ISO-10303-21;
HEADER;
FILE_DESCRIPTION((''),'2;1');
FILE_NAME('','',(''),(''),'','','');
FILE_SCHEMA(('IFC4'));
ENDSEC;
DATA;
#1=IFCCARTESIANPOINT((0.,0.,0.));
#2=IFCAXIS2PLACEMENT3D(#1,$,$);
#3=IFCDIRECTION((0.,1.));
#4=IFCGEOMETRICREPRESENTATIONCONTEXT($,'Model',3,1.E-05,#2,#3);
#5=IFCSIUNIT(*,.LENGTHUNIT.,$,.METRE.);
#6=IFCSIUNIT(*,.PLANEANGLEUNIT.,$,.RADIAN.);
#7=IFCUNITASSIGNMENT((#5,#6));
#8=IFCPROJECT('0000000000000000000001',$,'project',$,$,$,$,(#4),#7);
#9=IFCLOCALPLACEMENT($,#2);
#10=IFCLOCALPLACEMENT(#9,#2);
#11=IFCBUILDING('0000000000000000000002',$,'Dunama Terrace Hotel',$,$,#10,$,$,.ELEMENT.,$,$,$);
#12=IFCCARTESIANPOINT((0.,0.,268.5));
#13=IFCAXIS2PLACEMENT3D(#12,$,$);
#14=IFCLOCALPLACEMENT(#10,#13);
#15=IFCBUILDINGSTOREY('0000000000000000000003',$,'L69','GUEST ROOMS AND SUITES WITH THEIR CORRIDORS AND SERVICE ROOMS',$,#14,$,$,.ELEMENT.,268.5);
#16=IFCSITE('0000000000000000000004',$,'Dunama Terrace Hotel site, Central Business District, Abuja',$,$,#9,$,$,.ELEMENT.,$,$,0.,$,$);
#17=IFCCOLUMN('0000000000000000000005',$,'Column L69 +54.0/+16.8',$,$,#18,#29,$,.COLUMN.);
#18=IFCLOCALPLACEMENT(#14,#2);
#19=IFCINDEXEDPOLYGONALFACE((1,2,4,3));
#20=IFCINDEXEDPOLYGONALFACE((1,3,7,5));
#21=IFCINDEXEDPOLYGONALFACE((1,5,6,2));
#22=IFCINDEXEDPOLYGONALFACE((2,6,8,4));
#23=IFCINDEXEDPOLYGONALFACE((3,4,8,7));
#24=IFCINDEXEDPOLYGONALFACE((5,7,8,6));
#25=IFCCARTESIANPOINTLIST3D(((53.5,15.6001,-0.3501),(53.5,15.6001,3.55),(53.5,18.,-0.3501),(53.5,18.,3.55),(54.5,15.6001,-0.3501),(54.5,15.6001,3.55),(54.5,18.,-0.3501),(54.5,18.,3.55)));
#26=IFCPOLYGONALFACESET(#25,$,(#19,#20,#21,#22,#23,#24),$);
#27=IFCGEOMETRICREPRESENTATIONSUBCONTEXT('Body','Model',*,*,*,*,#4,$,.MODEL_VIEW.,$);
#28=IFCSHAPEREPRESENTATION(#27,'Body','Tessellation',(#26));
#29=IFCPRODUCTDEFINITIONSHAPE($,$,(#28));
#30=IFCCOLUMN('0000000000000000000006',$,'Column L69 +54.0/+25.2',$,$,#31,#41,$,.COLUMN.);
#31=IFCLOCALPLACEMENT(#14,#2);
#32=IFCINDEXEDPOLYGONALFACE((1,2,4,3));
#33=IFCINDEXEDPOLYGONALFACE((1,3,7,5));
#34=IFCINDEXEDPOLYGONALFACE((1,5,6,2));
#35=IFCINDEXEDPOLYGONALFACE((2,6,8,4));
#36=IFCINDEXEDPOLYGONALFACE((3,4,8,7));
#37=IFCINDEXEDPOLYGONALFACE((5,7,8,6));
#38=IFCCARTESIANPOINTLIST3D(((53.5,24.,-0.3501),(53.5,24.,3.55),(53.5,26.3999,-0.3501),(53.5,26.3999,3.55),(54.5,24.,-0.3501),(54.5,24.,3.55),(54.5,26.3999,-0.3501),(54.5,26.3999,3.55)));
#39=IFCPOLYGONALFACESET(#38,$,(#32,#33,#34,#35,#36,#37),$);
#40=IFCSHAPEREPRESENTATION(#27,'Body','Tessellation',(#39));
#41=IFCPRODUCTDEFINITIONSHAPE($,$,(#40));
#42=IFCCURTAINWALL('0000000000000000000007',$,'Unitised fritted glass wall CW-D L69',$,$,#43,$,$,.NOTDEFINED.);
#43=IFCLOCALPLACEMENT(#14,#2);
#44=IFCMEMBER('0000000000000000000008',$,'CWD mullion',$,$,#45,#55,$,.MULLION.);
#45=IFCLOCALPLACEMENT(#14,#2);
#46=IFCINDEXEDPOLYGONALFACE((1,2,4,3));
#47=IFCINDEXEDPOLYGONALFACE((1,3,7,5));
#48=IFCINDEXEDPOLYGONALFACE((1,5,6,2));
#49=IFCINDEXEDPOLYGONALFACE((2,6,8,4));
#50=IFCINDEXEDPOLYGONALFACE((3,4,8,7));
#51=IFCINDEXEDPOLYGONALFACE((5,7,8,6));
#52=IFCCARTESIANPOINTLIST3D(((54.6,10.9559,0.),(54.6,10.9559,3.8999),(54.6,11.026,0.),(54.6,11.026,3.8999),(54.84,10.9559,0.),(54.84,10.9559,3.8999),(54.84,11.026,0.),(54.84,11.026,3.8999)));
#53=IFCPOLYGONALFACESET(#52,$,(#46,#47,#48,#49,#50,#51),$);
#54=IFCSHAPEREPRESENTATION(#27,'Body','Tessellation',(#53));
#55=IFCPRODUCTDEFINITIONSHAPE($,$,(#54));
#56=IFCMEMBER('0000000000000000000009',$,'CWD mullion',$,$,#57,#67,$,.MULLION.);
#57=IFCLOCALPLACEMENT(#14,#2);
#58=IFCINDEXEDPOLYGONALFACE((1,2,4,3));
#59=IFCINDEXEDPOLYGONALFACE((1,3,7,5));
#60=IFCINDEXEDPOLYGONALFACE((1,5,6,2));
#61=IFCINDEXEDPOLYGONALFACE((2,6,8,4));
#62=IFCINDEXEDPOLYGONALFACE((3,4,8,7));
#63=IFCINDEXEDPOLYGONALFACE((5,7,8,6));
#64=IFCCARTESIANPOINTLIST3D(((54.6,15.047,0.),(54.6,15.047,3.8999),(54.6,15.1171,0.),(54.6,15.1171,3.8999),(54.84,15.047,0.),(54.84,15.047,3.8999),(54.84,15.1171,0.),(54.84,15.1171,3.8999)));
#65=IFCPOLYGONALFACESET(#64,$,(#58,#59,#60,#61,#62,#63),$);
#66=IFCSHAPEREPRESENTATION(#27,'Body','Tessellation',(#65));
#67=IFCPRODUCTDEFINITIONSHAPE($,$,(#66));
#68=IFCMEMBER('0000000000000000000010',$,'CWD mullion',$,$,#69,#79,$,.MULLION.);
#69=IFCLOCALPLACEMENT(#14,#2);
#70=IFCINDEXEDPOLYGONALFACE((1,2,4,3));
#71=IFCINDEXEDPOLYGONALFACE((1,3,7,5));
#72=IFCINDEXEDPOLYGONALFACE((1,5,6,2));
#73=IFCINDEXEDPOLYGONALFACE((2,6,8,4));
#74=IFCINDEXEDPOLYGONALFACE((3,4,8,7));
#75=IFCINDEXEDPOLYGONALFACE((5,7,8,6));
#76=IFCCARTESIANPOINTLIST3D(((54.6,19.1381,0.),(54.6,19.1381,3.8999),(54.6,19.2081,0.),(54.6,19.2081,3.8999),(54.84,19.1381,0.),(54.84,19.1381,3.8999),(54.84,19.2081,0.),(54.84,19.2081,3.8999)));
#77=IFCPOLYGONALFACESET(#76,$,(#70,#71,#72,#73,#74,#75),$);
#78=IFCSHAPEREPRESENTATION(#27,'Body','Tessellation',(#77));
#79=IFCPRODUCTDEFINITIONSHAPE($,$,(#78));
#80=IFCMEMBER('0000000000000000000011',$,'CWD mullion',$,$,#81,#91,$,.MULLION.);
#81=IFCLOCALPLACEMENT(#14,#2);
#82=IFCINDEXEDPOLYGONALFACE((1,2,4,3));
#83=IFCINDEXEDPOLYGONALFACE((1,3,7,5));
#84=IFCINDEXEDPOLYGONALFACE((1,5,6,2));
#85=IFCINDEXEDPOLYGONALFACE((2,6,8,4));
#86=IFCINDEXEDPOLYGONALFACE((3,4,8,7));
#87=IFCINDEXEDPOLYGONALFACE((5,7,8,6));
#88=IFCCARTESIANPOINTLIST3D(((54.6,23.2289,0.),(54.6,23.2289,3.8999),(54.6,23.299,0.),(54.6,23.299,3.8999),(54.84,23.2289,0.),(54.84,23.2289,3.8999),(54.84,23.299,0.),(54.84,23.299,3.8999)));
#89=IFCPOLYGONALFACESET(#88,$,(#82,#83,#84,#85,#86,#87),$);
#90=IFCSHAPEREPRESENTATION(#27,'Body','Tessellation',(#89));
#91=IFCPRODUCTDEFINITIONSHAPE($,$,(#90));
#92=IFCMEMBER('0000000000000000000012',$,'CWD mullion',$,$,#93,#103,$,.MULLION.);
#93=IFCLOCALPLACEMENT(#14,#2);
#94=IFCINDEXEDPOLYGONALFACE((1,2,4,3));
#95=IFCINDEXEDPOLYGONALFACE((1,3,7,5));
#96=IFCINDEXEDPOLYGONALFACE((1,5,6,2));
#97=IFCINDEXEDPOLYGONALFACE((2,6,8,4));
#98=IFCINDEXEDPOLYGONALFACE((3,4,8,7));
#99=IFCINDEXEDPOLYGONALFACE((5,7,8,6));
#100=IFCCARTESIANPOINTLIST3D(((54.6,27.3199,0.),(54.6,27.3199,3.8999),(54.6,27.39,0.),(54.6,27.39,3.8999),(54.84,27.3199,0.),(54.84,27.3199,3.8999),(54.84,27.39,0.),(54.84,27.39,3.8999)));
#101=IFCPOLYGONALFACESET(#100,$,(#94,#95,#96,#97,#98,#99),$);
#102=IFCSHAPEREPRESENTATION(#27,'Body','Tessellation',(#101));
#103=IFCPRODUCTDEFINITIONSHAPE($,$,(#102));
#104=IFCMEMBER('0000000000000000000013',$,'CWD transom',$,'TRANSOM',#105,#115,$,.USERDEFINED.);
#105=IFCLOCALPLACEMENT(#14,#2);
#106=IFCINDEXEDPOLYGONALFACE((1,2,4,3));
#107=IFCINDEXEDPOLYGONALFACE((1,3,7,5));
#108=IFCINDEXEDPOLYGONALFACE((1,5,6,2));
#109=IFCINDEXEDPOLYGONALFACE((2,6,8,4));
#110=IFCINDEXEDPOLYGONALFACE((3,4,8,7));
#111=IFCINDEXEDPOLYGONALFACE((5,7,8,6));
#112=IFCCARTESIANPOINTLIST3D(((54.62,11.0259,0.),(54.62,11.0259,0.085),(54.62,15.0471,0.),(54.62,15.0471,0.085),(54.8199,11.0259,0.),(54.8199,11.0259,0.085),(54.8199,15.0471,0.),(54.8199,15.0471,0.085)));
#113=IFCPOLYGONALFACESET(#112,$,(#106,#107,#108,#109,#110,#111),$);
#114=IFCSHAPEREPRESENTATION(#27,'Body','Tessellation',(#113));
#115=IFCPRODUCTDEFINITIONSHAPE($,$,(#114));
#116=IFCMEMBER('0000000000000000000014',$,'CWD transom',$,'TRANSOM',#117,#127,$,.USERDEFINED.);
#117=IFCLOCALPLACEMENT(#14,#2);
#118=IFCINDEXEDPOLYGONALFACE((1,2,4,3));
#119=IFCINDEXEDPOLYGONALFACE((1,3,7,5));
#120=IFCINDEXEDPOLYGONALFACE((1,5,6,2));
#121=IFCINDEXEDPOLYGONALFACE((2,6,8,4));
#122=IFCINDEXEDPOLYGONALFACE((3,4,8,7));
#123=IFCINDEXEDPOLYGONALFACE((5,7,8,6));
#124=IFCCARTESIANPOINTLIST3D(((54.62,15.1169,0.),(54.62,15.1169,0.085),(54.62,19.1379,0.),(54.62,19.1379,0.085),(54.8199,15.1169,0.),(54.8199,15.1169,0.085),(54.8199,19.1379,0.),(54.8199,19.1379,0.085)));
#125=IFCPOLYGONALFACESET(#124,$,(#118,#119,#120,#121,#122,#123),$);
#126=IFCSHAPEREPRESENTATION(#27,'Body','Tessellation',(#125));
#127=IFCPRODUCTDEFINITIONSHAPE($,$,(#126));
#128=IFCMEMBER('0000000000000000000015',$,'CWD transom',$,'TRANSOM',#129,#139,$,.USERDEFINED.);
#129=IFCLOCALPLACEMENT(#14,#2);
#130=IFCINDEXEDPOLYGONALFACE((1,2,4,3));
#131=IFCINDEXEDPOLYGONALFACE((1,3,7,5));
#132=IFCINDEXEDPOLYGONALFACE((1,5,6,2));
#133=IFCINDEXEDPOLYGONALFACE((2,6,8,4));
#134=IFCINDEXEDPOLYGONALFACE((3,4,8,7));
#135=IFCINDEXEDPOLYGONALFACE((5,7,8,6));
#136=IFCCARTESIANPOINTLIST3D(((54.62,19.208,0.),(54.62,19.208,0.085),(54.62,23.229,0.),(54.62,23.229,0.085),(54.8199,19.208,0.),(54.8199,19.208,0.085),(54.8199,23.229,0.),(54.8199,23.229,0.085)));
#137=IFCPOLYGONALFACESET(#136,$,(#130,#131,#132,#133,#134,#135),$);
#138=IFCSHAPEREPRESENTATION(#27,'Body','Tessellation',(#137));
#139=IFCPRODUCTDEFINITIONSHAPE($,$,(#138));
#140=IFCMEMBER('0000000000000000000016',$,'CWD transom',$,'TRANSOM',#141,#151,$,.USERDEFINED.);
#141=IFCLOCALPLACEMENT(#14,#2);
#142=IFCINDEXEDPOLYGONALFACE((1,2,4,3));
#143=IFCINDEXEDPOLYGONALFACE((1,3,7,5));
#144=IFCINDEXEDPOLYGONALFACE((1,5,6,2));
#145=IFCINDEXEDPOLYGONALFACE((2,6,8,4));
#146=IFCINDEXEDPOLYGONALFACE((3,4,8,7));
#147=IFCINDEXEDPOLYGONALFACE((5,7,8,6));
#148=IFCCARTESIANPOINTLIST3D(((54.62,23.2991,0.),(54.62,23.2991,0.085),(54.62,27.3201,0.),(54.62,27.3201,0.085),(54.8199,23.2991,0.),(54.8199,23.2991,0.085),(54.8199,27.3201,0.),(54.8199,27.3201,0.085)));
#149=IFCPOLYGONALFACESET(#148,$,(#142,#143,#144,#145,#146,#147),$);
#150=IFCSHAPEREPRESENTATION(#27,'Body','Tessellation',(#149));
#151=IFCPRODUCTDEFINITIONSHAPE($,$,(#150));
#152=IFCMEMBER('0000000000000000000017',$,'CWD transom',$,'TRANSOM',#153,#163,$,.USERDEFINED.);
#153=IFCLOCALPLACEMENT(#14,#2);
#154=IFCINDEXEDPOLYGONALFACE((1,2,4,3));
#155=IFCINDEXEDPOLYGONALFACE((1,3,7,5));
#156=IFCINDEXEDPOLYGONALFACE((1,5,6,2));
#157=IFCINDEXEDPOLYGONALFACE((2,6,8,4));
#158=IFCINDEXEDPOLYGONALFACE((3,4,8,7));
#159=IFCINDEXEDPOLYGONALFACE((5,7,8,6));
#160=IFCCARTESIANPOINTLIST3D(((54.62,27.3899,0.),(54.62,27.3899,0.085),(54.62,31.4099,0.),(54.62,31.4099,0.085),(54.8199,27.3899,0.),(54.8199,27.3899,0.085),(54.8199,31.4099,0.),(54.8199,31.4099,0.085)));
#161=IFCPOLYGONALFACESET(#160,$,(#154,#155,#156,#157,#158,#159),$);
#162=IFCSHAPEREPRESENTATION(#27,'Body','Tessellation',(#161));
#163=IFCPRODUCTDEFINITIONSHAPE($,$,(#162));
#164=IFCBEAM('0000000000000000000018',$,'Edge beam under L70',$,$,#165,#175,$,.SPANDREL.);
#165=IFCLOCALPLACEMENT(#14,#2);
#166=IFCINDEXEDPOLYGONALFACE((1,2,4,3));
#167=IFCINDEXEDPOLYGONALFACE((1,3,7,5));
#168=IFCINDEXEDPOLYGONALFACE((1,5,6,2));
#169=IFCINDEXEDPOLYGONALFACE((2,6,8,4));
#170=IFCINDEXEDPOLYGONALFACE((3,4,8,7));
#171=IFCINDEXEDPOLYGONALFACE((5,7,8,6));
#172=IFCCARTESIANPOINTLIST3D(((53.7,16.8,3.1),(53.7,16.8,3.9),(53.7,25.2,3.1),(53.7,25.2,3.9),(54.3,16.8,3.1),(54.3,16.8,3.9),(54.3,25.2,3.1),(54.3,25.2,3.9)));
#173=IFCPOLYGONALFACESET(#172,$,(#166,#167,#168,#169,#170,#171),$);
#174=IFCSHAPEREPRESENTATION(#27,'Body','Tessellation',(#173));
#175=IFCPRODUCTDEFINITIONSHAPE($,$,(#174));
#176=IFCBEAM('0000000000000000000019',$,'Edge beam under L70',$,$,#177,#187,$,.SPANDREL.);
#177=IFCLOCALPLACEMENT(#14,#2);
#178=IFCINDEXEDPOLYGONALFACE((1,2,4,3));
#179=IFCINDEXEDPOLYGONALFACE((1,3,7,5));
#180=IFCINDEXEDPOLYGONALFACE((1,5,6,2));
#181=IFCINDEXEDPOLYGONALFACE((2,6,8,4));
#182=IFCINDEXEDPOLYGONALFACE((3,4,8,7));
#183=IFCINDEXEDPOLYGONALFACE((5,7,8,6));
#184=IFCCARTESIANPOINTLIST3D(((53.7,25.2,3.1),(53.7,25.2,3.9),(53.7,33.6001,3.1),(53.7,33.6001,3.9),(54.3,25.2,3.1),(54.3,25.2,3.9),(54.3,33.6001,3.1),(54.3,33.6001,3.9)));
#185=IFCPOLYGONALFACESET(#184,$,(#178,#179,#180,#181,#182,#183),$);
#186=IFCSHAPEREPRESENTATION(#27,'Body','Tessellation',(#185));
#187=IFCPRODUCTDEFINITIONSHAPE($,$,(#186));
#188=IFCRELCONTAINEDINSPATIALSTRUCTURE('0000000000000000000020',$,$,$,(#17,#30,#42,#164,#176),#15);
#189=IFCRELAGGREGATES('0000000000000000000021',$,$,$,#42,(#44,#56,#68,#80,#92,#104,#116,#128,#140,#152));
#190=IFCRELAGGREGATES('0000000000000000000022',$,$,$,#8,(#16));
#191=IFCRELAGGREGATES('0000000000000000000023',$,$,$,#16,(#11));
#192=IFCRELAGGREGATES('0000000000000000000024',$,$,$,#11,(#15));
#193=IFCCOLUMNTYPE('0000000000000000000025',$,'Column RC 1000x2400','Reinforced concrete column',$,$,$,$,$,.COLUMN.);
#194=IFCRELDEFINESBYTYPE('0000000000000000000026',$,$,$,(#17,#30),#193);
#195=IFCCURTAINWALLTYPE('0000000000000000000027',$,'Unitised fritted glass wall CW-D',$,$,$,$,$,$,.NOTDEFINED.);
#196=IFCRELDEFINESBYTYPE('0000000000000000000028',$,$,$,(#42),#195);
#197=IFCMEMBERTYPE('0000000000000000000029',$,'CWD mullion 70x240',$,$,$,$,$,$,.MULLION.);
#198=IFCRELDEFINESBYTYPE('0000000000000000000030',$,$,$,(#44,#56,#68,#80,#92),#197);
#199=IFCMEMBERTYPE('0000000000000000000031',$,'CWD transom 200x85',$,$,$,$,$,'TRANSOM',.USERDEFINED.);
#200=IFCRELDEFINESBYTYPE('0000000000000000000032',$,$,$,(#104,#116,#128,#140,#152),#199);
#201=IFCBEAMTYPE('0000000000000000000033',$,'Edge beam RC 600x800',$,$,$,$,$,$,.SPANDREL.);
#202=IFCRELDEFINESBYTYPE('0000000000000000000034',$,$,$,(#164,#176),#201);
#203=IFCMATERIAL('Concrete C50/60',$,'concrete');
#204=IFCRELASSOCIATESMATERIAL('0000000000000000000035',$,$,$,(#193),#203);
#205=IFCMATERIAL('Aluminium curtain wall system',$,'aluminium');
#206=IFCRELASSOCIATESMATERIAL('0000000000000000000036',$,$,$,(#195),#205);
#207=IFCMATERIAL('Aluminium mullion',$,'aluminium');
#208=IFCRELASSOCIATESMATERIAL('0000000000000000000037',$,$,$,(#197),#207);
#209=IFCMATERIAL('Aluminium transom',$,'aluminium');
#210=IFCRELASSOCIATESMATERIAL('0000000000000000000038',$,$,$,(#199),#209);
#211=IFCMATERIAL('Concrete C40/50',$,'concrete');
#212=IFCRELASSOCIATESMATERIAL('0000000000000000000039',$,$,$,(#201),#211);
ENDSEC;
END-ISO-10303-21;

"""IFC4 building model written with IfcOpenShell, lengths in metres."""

from ifc_helpers import new_model, si_unit, direction, frame, origin, origin_2d, place, context, subcontext, project, spatial, rectangle, extrude, material, material_profile, profile_set, type_object, element, aggregate, save


model = new_model("IFC4")

# Units and contexts
model_context = context("Model", 3, precision=1e-05, world=origin(), true_north=direction((0.0, 1.0)))
body_context = subcontext(model_context, "Body", "Model", "MODEL_VIEW")
ifc_project = project(units=[si_unit("LENGTHUNIT", "METRE"), si_unit("PLANEANGLEUNIT", "RADIAN")], contexts=[model_context])

# Site, building, storey
site_placement = place(None, origin())
site = spatial("IfcSite", under=ifc_project, at=site_placement, Name="Dunama Terrace Hotel site, Central Business District, Abuja", CompositionType="ELEMENT", RefElevation=0.0)
building_placement = place(site_placement, origin())
building = spatial("IfcBuilding", under=site, at=building_placement, Name="Dunama Terrace Hotel", CompositionType="ELEMENT")
storey_placement = place(building_placement, frame((0.0, 0.0, 268.5)))
storey = spatial("IfcBuildingStorey", under=building, at=storey_placement, Name="L69", Description="GUEST ROOMS AND SUITES WITH THEIR CORRIDORS AND SERVICE ROOMS", CompositionType="ELEMENT", Elevation=268.5)

# Columns
ifc_material_1 = material(Name="Concrete C50/60", Category="concrete")
ifc_material_profile_1 = material_profile(ifc_material_1, rectangle(XDim=1.0, YDim=2.3999, at=origin_2d()), Name="RC 1000x2400")
ifc_profile_set_1 = profile_set([ifc_material_profile_1], Name="Concrete C50/60")
column_type = type_object("IfcColumnType", Name="Column RC 1000x2400", Description="Reinforced concrete column", PredefinedType="COLUMN", material=ifc_profile_set_1)
for number, where, z_axis, x_axis, name in (
    (1, (54.0, 16.8, -0.3501), (0.0, 0.0, 1.0), (1.0, 0.0, 0.0), "Column L69 +54.0/+16.8"),
    (2, (54.0, 25.2, -0.3501), (0.0, 0.0, 1.0), (1.0, 0.0, 0.0), "Column L69 +54.0/+25.2"),
):
    element("IfcColumn", number, at=place(storey_placement, frame(where, z_axis=z_axis, x_axis=x_axis)), inside=storey, type_object=column_type, Name=name, PredefinedType="COLUMN", context=body_context, shape_type="SweptSolid", body=[
        extrude(rectangle(XDim=1.0, YDim=2.3999, at=origin_2d()), origin(), (0.0, 0.0, 1.0), 3.9001),
    ])

# Curtain wall, members
ifc_material_2 = material(Name="Aluminium curtain wall system", Category="aluminium")
curtain_wall_type = type_object("IfcCurtainWallType", Name="Unitised fritted glass wall CW-D", PredefinedType="NOTDEFINED", material=ifc_material_2)
curtain_wall_placement = place(storey_placement, origin())
curtain_wall = element("IfcCurtainWall", 3, at=curtain_wall_placement, inside=storey, type_object=curtain_wall_type, Name="Unitised fritted glass wall CW-D L69", PredefinedType="NOTDEFINED")
ifc_material_3 = material(Name="Aluminium mullion", Category="aluminium")
ifc_material_profile_2 = material_profile(ifc_material_3, rectangle(XDim=0.0701, YDim=0.24, at=origin_2d()), Name="CWD MULLION 70X240")
ifc_profile_set_2 = profile_set([ifc_material_profile_2], Name="Aluminium mullion")
member_type_1 = type_object("IfcMemberType", Name="CWD mullion 70x240", PredefinedType="MULLION", material=ifc_profile_set_2)
member_1_placement = place(storey_placement, frame((54.72, 10.991, 0.0), z_axis=(0.0, 0.0, 1.0), x_axis=(0.0, 1.0, 0.0)))
member_1 = element("IfcMember", 4, at=member_1_placement, type_object=member_type_1, Name="CWD mullion", PredefinedType="MULLION", context=body_context, shape_type="SweptSolid", body=[
    extrude(rectangle(XDim=0.0701, YDim=0.24, at=origin_2d()), origin(), (0.0, 0.0, 1.0), 3.8999),
])
member_2_placement = place(storey_placement, frame((54.72, 15.082, 0.0), z_axis=(0.0, 0.0, 1.0), x_axis=(0.0, 1.0, 0.0)))
member_2 = element("IfcMember", 5, at=member_2_placement, type_object=member_type_1, Name="CWD mullion", PredefinedType="MULLION", context=body_context, shape_type="SweptSolid", body=[
    extrude(rectangle(XDim=0.0701, YDim=0.24, at=origin_2d()), origin(), (0.0, 0.0, 1.0), 3.8999),
])
member_3_placement = place(storey_placement, frame((54.72, 19.1731, 0.0), z_axis=(0.0, 0.0, 1.0), x_axis=(0.0, 1.0, 0.0)))
member_3 = element("IfcMember", 6, at=member_3_placement, type_object=member_type_1, Name="CWD mullion", PredefinedType="MULLION", context=body_context, shape_type="SweptSolid", body=[
    extrude(rectangle(XDim=0.0701, YDim=0.24, at=origin_2d()), origin(), (0.0, 0.0, 1.0), 3.8999),
])
member_4_placement = place(storey_placement, frame((54.72, 23.2639, 0.0), z_axis=(0.0, 0.0, 1.0), x_axis=(0.0, 1.0, 0.0)))
member_4 = element("IfcMember", 7, at=member_4_placement, type_object=member_type_1, Name="CWD mullion", PredefinedType="MULLION", context=body_context, shape_type="SweptSolid", body=[
    extrude(rectangle(XDim=0.0701, YDim=0.24, at=origin_2d()), origin(), (0.0, 0.0, 1.0), 3.8999),
])
member_5_placement = place(storey_placement, frame((54.72, 27.355, 0.0), z_axis=(0.0, 0.0, 1.0), x_axis=(0.0, 1.0, 0.0)))
member_5 = element("IfcMember", 8, at=member_5_placement, type_object=member_type_1, Name="CWD mullion", PredefinedType="MULLION", context=body_context, shape_type="SweptSolid", body=[
    extrude(rectangle(XDim=0.0701, YDim=0.24, at=origin_2d()), origin(), (0.0, 0.0, 1.0), 3.8999),
])
ifc_material_4 = material(Name="Aluminium transom", Category="aluminium")
ifc_material_profile_3 = material_profile(ifc_material_4, rectangle(XDim=0.2, YDim=0.085, at=origin_2d()), Name="CWD TRANSOM 200X85")
ifc_profile_set_3 = profile_set([ifc_material_profile_3], Name="Aluminium transom")
member_type_2 = type_object("IfcMemberType", Name="CWD transom 200x85", ElementType="TRANSOM", PredefinedType="USERDEFINED", material=ifc_profile_set_3)
member_6_placement = place(storey_placement, frame((54.72, 11.0259, 0.0425), z_axis=(0.0, 1.0, 0.0), x_axis=(-1.0, 0.0, 0.0)))
member_6 = element("IfcMember", 9, at=member_6_placement, type_object=member_type_2, Name="CWD transom", ObjectType="TRANSOM", PredefinedType="USERDEFINED", context=body_context, shape_type="SweptSolid", body=[
    extrude(rectangle(XDim=0.2, YDim=0.085, at=origin_2d()), origin(), (0.0, 0.0, 1.0), 4.0212),
])
member_7_placement = place(storey_placement, frame((54.72, 15.1169, 0.0425), z_axis=(0.0, 1.0, 0.0), x_axis=(-1.0, 0.0, 0.0)))
member_7 = element("IfcMember", 10, at=member_7_placement, type_object=member_type_2, Name="CWD transom", ObjectType="TRANSOM", PredefinedType="USERDEFINED", context=body_context, shape_type="SweptSolid", body=[
    extrude(rectangle(XDim=0.2, YDim=0.085, at=origin_2d()), origin(), (0.0, 0.0, 1.0), 4.021),
])
member_8_placement = place(storey_placement, frame((54.72, 19.208, 0.0425), z_axis=(0.0, 1.0, 0.0), x_axis=(-1.0, 0.0, 0.0)))
member_8 = element("IfcMember", 11, at=member_8_placement, type_object=member_type_2, Name="CWD transom", ObjectType="TRANSOM", PredefinedType="USERDEFINED", context=body_context, shape_type="SweptSolid", body=[
    extrude(rectangle(XDim=0.2, YDim=0.085, at=origin_2d()), origin(), (0.0, 0.0, 1.0), 4.021),
])
member_9_placement = place(storey_placement, frame((54.72, 23.2991, 0.0425), z_axis=(0.0, 1.0, 0.0), x_axis=(-1.0, 0.0, 0.0)))
member_9 = element("IfcMember", 12, at=member_9_placement, type_object=member_type_2, Name="CWD transom", ObjectType="TRANSOM", PredefinedType="USERDEFINED", context=body_context, shape_type="SweptSolid", body=[
    extrude(rectangle(XDim=0.2, YDim=0.085, at=origin_2d()), origin(), (0.0, 0.0, 1.0), 4.021),
])
member_10_placement = place(storey_placement, frame((54.72, 27.3899, 0.0425), z_axis=(0.0, 1.0, 0.0), x_axis=(-1.0, 0.0, 0.0)))
member_10 = element("IfcMember", 13, at=member_10_placement, type_object=member_type_2, Name="CWD transom", ObjectType="TRANSOM", PredefinedType="USERDEFINED", context=body_context, shape_type="SweptSolid", body=[
    extrude(rectangle(XDim=0.2, YDim=0.085, at=origin_2d()), origin(), (0.0, 0.0, 1.0), 4.02),
])

# Beams
ifc_material_5 = material(Name="Concrete C40/50", Category="concrete")
ifc_material_profile_4 = material_profile(ifc_material_5, rectangle(XDim=0.6001, YDim=0.8, at=origin_2d()), Name="RC 600x800")
ifc_profile_set_4 = profile_set([ifc_material_profile_4], Name="Concrete C40/50")
beam_type = type_object("IfcBeamType", Name="Edge beam RC 600x800", PredefinedType="SPANDREL", material=ifc_profile_set_4)
beam_1_placement = place(storey_placement, frame((54.0, 16.8, 3.5), z_axis=(0.0, 1.0, 0.0), x_axis=(-1.0, 0.0, 0.0)))
element("IfcBeam", 14, at=beam_1_placement, inside=storey, type_object=beam_type, Name="Edge beam under L70", PredefinedType="SPANDREL", context=body_context, shape_type="SweptSolid", body=[
    extrude(rectangle(XDim=0.6001, YDim=0.8, at=origin_2d()), origin(), (0.0, 0.0, 1.0), 8.3999),
])
beam_2_placement = place(storey_placement, frame((54.0, 25.2, 3.5), z_axis=(0.0, 1.0, 0.0), x_axis=(-1.0, 0.0, 0.0)))
element("IfcBeam", 15, at=beam_2_placement, inside=storey, type_object=beam_type, Name="Edge beam under L70", PredefinedType="SPANDREL", context=body_context, shape_type="SweptSolid", body=[
    extrude(rectangle(XDim=0.6001, YDim=0.8, at=origin_2d()), origin(), (0.0, 0.0, 1.0), 8.4001),
])

aggregate(curtain_wall, [member_1, member_2, member_3, member_4, member_5, member_6, member_7, member_8, member_9, member_10])

save(model, "model.ifc")
